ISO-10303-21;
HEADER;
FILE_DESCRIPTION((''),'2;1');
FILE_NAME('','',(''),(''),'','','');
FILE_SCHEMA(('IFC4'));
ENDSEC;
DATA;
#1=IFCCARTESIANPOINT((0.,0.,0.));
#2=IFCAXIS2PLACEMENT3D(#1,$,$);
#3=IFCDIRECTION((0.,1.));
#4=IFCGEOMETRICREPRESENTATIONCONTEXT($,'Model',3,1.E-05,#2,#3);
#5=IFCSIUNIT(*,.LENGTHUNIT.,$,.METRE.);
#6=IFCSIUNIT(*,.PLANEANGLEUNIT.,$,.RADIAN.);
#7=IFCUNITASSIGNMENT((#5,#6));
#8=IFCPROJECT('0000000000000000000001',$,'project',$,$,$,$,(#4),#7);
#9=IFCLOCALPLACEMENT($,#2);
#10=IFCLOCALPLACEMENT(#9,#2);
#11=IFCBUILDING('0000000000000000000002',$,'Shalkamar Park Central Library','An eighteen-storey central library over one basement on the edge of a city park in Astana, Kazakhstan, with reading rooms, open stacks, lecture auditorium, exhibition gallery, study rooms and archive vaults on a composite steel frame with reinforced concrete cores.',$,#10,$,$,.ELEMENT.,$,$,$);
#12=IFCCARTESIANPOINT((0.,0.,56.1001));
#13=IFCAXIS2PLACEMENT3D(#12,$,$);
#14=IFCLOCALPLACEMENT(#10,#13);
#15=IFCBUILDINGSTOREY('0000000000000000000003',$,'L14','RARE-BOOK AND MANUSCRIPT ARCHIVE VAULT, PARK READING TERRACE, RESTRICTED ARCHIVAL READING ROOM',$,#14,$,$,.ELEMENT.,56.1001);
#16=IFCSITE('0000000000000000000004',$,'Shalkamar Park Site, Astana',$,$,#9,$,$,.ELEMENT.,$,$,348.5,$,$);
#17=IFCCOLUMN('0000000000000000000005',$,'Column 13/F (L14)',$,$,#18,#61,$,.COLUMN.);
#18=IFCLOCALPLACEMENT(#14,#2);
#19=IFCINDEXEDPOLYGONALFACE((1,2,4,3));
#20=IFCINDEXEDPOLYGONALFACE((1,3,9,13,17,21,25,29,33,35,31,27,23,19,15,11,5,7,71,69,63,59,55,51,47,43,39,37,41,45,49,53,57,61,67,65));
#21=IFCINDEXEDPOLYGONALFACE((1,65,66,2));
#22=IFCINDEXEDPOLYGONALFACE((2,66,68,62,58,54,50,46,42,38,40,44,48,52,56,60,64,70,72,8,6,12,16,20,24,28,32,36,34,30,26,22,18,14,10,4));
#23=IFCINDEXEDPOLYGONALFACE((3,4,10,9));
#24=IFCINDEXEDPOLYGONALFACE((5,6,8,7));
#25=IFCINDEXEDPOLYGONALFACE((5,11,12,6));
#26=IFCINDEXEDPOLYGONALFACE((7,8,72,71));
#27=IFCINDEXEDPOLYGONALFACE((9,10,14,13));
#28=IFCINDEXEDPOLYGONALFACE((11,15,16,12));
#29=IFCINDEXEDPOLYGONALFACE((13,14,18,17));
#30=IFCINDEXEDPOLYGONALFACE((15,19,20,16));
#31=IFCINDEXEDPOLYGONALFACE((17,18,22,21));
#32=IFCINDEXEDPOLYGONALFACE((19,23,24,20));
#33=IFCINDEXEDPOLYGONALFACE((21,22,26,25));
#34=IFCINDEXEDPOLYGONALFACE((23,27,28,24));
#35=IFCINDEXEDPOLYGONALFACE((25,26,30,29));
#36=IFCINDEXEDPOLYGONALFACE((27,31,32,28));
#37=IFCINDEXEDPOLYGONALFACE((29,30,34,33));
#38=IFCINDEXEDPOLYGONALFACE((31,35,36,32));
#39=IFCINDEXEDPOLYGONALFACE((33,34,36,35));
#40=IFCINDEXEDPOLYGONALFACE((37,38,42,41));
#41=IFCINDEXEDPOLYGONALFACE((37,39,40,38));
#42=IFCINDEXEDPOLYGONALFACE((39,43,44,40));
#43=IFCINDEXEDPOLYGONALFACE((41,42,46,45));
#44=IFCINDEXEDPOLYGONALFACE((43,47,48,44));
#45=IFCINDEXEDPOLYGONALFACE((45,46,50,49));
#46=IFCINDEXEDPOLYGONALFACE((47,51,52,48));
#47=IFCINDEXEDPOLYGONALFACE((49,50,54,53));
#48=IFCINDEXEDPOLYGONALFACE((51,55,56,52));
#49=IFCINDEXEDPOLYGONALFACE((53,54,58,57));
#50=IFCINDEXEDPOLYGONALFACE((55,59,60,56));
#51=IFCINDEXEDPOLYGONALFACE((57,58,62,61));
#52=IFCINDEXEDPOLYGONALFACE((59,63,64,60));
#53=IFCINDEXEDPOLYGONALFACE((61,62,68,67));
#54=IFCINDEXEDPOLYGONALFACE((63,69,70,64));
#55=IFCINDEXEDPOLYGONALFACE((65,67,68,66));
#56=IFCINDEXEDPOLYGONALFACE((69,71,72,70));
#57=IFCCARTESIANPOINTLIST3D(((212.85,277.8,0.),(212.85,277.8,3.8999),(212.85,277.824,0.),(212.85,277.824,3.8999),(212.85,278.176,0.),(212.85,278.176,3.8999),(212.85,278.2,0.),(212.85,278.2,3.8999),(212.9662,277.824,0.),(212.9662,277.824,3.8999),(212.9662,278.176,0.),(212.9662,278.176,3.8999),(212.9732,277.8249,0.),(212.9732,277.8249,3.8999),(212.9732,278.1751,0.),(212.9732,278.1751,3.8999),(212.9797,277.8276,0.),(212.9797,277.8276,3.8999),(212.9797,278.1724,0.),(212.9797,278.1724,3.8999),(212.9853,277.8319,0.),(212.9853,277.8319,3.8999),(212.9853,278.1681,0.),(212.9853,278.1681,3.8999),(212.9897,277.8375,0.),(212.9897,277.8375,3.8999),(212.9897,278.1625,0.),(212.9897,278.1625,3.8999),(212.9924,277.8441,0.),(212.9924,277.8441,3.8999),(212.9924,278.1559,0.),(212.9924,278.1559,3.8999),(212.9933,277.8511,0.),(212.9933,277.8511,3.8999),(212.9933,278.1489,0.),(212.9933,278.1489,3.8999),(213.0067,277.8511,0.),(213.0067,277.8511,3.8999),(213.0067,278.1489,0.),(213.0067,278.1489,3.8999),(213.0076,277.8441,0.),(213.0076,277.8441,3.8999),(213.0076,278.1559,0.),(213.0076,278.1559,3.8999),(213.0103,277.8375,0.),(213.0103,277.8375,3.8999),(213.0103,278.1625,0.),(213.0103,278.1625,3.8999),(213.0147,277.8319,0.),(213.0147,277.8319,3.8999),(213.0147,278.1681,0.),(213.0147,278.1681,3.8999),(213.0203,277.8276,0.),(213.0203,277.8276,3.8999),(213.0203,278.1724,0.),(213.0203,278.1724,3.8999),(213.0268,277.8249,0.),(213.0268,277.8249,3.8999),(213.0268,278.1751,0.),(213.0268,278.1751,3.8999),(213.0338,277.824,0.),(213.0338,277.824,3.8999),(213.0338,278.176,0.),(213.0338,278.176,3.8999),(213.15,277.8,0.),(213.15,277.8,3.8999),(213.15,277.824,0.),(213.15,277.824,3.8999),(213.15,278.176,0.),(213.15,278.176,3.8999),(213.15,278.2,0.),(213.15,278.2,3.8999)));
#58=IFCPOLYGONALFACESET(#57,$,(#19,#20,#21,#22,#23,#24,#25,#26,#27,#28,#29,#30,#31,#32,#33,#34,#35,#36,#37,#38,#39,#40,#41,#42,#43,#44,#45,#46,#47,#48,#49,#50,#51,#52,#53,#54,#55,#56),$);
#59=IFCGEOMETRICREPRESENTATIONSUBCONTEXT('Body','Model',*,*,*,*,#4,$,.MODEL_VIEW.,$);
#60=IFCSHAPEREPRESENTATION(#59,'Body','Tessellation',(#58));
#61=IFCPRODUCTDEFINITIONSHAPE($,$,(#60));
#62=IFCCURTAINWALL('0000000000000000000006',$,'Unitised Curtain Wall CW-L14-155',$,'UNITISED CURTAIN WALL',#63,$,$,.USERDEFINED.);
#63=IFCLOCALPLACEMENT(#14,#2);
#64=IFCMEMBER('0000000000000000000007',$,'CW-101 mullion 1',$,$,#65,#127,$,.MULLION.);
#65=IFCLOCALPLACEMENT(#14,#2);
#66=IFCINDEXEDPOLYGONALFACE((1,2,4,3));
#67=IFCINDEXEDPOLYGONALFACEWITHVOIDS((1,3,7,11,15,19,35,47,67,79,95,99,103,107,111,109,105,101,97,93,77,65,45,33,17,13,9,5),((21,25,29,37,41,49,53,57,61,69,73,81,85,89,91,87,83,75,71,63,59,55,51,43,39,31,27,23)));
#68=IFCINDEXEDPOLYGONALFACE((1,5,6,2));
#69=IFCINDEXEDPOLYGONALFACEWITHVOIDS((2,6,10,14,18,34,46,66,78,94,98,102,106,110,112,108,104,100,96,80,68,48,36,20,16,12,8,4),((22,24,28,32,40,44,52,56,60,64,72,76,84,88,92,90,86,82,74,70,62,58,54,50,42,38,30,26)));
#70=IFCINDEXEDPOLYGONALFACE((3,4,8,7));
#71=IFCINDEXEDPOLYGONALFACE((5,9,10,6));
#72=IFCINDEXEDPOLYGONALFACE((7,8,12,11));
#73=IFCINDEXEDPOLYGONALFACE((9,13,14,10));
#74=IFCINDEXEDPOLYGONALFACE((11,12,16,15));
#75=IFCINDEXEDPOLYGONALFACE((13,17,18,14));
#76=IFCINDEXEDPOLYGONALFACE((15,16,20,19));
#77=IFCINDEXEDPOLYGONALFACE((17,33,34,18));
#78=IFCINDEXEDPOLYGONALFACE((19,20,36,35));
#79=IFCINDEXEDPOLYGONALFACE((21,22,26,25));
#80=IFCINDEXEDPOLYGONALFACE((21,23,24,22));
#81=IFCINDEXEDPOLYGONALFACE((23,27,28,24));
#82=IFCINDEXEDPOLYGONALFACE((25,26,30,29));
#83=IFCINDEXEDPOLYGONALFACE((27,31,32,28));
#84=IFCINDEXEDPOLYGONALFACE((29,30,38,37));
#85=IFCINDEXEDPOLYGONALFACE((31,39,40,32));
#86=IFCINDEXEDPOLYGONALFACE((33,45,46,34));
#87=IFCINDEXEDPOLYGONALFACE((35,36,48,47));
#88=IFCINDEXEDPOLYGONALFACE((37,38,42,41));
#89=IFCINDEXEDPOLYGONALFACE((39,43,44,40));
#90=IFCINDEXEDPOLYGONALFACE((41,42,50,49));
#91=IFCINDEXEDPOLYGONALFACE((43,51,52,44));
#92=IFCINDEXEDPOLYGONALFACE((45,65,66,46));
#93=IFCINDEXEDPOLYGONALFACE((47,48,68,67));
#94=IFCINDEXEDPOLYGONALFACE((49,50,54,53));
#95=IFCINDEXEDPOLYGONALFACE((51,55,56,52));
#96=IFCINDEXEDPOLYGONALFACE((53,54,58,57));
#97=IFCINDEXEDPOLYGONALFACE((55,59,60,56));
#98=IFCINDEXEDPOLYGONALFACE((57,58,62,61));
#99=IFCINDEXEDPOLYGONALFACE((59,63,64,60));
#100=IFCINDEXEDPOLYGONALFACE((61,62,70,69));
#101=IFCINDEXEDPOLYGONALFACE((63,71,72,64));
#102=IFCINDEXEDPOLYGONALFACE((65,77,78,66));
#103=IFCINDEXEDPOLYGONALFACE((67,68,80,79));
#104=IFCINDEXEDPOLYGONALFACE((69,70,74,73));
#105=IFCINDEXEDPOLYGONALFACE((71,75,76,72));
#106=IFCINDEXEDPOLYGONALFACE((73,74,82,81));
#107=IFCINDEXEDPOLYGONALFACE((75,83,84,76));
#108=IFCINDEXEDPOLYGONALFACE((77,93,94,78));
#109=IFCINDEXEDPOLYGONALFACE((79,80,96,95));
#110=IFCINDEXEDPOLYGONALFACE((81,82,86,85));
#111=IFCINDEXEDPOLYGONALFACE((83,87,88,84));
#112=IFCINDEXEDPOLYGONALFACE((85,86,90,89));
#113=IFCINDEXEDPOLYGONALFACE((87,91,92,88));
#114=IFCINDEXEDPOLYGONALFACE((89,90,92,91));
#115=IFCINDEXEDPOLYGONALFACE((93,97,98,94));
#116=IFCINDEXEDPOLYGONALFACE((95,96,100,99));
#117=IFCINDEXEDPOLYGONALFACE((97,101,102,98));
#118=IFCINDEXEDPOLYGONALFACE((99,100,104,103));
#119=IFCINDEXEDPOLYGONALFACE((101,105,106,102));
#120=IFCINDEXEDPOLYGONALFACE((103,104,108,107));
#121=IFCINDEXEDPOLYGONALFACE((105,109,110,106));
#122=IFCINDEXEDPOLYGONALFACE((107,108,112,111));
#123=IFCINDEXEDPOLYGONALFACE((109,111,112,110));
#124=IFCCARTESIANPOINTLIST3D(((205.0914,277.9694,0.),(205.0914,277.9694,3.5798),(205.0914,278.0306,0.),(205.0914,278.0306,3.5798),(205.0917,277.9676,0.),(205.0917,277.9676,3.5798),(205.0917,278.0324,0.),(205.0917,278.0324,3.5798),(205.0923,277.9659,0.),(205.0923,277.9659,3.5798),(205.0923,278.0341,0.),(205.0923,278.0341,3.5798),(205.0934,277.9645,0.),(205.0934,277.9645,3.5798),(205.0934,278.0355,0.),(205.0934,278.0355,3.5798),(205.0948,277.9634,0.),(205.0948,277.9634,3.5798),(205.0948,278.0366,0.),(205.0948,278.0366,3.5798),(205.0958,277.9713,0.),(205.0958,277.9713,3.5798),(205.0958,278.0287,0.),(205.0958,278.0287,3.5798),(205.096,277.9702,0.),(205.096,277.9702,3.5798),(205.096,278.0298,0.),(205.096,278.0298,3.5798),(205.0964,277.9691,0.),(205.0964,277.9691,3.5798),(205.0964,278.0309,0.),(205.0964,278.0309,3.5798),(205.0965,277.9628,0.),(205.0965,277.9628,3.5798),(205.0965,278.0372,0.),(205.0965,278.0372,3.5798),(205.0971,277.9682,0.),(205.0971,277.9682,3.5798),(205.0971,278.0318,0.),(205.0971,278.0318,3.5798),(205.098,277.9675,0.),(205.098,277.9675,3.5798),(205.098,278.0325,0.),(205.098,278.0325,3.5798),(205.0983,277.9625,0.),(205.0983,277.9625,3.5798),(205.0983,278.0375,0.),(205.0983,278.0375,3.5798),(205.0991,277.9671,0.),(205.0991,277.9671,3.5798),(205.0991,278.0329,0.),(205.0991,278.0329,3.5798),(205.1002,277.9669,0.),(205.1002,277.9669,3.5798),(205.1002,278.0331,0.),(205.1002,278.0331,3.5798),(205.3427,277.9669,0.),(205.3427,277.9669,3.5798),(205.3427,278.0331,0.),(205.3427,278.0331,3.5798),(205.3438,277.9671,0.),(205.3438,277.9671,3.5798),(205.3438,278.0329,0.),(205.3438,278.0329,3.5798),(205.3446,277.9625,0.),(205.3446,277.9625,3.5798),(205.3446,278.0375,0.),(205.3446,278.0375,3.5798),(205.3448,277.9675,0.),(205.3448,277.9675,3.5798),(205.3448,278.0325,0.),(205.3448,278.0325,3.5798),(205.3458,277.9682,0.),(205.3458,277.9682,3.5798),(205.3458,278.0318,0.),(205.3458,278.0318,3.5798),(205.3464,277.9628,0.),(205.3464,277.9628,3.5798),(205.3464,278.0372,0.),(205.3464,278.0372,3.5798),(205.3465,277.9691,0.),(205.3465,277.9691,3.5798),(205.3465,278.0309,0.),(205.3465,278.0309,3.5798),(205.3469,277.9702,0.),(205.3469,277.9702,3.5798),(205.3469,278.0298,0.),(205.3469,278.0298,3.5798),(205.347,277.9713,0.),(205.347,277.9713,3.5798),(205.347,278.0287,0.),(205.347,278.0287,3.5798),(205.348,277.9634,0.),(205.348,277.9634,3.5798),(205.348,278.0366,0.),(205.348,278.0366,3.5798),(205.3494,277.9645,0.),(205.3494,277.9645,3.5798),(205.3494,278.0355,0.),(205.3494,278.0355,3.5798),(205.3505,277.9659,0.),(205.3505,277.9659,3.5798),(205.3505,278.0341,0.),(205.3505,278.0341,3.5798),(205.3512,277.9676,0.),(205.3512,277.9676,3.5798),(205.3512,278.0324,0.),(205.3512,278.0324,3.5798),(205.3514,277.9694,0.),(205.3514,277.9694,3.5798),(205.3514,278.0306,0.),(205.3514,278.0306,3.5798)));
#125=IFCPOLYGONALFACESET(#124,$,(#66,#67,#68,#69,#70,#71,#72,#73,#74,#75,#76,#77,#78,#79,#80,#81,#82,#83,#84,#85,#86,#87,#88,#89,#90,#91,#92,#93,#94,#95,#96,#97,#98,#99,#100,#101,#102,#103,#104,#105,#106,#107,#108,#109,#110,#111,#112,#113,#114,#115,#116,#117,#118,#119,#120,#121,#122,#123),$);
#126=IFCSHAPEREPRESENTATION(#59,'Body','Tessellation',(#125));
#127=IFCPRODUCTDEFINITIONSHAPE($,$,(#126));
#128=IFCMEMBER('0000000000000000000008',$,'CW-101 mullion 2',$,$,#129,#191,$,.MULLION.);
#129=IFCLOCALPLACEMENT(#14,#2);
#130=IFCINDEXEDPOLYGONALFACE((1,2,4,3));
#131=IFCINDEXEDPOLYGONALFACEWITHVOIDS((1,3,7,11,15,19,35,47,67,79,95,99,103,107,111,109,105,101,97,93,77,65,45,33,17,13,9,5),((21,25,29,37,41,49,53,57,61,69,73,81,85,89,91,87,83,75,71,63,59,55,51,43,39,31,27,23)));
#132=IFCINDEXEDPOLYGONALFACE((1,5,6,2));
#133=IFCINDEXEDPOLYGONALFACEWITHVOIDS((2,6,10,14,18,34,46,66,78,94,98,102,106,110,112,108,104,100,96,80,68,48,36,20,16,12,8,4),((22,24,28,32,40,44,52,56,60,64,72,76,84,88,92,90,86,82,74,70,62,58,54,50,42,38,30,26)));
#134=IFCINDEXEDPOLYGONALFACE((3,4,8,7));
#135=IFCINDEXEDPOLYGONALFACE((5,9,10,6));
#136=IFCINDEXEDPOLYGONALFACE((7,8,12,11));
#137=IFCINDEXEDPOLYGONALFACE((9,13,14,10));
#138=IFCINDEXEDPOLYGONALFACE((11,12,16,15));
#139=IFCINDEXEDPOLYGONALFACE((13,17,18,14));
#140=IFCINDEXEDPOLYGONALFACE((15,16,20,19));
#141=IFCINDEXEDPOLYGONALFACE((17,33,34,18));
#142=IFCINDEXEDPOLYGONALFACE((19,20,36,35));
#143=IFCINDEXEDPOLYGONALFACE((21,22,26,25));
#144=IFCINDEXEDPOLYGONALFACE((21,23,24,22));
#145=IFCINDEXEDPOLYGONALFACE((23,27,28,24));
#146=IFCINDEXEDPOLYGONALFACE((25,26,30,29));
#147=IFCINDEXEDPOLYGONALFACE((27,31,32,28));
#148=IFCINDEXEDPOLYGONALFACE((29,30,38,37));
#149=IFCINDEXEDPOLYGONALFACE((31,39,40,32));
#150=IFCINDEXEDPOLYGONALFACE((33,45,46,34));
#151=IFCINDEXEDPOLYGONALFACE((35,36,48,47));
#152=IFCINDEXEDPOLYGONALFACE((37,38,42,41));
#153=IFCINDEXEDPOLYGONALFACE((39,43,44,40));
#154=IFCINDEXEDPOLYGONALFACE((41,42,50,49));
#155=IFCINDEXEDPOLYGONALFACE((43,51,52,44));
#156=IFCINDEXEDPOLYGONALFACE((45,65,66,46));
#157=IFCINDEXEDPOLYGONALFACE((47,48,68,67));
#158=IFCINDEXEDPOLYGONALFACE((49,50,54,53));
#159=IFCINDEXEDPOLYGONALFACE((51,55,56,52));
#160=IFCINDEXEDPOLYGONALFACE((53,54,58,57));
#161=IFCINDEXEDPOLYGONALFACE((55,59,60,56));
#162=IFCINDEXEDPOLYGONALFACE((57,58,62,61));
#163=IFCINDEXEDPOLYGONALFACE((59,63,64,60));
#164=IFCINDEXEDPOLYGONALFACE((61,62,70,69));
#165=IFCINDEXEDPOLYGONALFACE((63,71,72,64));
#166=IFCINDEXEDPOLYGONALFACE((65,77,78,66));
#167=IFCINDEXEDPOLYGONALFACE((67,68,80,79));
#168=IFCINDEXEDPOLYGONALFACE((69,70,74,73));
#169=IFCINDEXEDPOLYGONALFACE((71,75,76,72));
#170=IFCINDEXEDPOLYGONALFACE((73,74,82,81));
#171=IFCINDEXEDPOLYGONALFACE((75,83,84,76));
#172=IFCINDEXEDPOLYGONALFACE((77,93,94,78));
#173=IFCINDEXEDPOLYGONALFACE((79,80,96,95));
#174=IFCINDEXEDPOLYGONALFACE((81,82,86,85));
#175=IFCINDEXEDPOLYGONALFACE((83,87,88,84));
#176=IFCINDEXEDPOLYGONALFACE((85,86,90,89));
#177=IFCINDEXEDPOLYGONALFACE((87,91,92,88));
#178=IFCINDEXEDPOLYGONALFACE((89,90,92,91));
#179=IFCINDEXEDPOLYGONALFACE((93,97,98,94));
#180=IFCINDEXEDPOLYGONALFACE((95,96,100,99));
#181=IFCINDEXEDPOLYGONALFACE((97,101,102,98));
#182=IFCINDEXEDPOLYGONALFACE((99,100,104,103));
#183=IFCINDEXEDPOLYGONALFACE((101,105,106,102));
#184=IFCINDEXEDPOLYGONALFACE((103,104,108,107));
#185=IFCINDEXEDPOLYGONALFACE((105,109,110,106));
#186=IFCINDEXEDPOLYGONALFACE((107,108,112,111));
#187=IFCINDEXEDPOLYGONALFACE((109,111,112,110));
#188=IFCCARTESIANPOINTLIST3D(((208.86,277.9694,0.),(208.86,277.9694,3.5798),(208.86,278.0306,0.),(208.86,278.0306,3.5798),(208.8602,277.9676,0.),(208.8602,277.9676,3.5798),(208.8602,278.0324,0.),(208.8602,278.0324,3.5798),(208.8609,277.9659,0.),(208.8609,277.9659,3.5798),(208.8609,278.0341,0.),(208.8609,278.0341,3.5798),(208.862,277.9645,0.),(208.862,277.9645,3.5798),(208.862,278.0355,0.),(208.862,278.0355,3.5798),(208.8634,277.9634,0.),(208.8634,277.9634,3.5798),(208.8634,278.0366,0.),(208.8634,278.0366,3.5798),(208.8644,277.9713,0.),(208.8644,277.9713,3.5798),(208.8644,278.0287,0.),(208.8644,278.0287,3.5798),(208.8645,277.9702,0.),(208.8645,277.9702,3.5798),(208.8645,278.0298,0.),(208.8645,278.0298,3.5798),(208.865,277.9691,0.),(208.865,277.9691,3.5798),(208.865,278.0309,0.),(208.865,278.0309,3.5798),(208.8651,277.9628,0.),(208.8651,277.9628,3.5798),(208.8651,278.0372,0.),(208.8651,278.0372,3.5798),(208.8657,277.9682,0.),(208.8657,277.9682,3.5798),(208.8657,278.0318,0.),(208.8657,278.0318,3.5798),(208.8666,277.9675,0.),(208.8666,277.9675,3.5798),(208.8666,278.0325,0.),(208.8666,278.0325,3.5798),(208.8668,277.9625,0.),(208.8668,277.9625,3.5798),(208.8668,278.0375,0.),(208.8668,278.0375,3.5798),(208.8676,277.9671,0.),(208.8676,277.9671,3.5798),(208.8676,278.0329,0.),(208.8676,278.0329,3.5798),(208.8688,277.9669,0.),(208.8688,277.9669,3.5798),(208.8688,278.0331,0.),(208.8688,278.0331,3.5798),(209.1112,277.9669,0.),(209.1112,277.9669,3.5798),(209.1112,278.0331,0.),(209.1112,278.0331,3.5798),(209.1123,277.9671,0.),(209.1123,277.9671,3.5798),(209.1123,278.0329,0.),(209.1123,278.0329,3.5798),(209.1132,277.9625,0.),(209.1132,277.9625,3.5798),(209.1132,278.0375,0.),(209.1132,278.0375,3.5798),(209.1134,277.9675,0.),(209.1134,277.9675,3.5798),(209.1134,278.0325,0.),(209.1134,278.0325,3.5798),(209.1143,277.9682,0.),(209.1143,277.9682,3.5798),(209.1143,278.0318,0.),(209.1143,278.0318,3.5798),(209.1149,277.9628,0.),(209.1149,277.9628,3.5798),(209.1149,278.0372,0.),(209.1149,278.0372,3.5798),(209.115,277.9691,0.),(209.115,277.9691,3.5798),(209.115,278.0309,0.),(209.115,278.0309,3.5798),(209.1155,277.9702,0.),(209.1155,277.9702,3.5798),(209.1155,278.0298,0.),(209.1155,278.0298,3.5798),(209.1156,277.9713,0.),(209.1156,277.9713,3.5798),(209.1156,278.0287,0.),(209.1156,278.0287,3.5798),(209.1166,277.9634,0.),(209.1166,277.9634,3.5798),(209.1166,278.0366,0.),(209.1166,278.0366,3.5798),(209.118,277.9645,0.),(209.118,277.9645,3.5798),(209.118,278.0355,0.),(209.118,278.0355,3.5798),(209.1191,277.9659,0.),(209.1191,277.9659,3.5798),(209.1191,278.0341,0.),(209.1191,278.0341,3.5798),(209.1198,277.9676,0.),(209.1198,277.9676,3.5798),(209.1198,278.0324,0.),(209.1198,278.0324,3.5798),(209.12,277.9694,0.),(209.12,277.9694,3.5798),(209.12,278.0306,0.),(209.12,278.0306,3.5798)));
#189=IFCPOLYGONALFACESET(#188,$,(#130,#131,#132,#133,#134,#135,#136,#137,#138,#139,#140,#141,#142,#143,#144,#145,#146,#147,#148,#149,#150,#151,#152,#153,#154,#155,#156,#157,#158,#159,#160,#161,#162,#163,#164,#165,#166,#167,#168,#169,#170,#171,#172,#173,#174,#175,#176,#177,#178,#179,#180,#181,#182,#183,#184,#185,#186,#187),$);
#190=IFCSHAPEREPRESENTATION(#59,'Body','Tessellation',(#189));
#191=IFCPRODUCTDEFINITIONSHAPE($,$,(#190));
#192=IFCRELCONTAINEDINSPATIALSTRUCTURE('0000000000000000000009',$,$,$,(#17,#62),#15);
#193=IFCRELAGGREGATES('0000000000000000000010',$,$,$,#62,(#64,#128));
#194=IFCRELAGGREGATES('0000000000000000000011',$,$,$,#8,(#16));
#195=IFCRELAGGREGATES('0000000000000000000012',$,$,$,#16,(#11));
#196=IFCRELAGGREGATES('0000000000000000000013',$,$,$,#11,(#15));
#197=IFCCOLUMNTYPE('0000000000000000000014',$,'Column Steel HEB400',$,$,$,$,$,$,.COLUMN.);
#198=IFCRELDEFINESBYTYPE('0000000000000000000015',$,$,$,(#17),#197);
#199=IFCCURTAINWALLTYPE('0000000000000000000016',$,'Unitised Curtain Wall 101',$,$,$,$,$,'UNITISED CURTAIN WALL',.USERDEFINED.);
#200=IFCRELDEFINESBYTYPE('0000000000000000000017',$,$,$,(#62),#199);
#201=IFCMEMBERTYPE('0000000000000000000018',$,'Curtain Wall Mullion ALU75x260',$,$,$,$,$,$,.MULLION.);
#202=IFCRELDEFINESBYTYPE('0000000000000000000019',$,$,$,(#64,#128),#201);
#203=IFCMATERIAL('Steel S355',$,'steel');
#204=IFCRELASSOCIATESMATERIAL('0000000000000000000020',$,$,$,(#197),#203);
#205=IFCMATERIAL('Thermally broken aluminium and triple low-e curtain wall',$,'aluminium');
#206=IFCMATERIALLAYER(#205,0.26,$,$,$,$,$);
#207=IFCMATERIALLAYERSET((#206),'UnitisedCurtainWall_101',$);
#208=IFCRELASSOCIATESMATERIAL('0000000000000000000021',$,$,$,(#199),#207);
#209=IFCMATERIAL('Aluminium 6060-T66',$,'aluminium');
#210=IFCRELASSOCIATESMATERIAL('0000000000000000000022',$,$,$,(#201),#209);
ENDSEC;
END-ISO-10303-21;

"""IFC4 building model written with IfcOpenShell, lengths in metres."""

from ifc_helpers import new_model, si_unit, direction, frame, origin, origin_2d, place, context, subcontext, project, spatial, hollow_rectangle, i_section, extrude, material, layer, layer_set, material_profile, profile_set, type_object, element, aggregate, save


model = new_model("IFC4")

# Units and contexts
model_context = context("Model", 3, precision=1e-05, world=origin(), true_north=direction((0.0, 1.0)))
body_context = subcontext(model_context, "Body", "Model", "MODEL_VIEW")
ifc_project = project(units=[si_unit("LENGTHUNIT", "METRE"), si_unit("PLANEANGLEUNIT", "RADIAN")], contexts=[model_context])

# Site, building, storey
site_placement = place(None, origin())
site = spatial("IfcSite", under=ifc_project, at=site_placement, Name="Shalkamar Park Site, Astana", CompositionType="ELEMENT", RefElevation=348.5)
building_placement = place(site_placement, origin())
building = spatial("IfcBuilding", under=site, at=building_placement, Name="Shalkamar Park Central Library", Description="An eighteen-storey central library over one basement on the edge of a city park in Astana, Kazakhstan, with reading rooms, open stacks, lecture auditorium, exhibition gallery, study rooms and archive vaults on a composite steel frame with reinforced concrete cores.", CompositionType="ELEMENT")
storey_placement = place(building_placement, frame((0.0, 0.0, 56.1001)))
storey = spatial("IfcBuildingStorey", under=building, at=storey_placement, Name="L14", Description="RARE-BOOK AND MANUSCRIPT ARCHIVE VAULT, PARK READING TERRACE, RESTRICTED ARCHIVAL READING ROOM", CompositionType="ELEMENT", Elevation=56.1001)

# Column
ifc_material_1 = material(Name="Steel S355", Category="steel")
ifc_material_profile_1 = material_profile(ifc_material_1, i_section(OverallWidth=0.3, OverallDepth=0.3999, WebThickness=0.0134, FlangeThickness=0.0239, FilletRadius=0.0271, at=origin_2d()), Name="HEB 400")
ifc_profile_set_1 = profile_set([ifc_material_profile_1], Name="Steel S355")
column_type = type_object("IfcColumnType", Name="Column Steel HEB400", PredefinedType="COLUMN", material=ifc_profile_set_1)
column_placement = place(storey_placement, frame((213.0, 278.0, 0.0), z_axis=(0.0, 0.0, 1.0), x_axis=(1.0, 0.0, 0.0)))
element("IfcColumn", 1, at=column_placement, inside=storey, type_object=column_type, Name="Column 13/F (L14)", PredefinedType="COLUMN", context=body_context, shape_type="SweptSolid", body=[
    extrude(i_section(OverallWidth=0.3, OverallDepth=0.3999, WebThickness=0.0134, FlangeThickness=0.0239, FilletRadius=0.0271, at=origin_2d()), origin(), (0.0, 0.0, 1.0), 3.8999),
])

# Curtain wall, members
ifc_material_2 = material(Name="Thermally broken aluminium and triple low-e curtain wall", Category="aluminium")
ifc_layer_1 = layer(ifc_material_2, 0.26)
ifc_layer_set_1 = layer_set([ifc_layer_1], Name="UnitisedCurtainWall_101")
curtain_wall_type = type_object("IfcCurtainWallType", Name="Unitised Curtain Wall 101", ElementType="UNITISED CURTAIN WALL", PredefinedType="USERDEFINED", material=ifc_layer_set_1)
curtain_wall_placement = place(storey_placement, origin())
curtain_wall = element("IfcCurtainWall", 2, at=curtain_wall_placement, inside=storey, type_object=curtain_wall_type, Name="Unitised Curtain Wall CW-L14-155", ObjectType="UNITISED CURTAIN WALL", PredefinedType="USERDEFINED")
ifc_material_3 = material(Name="Aluminium 6060-T66", Category="aluminium")
ifc_material_profile_2 = material_profile(ifc_material_3, hollow_rectangle(XDim=0.075, YDim=0.26, WallThickness=0.0044, InnerFilletRadius=0.0044, OuterFilletRadius=0.0068, at=origin_2d()), Name="ALU 75x260x4.5")
ifc_profile_set_2 = profile_set([ifc_material_profile_2], Name="Aluminium 6060-T66")
member_type_1 = type_object("IfcMemberType", Name="Curtain Wall Mullion ALU75x260", PredefinedType="MULLION", material=ifc_profile_set_2)
member_1_placement = place(storey_placement, frame((205.2214, 278.0, 0.0), z_axis=(0.0, 0.0, 1.0), x_axis=(0.0, 1.0, 0.0)))
member_1 = element("IfcMember", 3, at=member_1_placement, type_object=member_type_1, Name="CW-101 mullion 1", PredefinedType="MULLION", context=body_context, shape_type="SweptSolid", body=[
    extrude(hollow_rectangle(XDim=0.075, YDim=0.26, WallThickness=0.0044, InnerFilletRadius=0.0044, OuterFilletRadius=0.0068, at=origin_2d()), origin(), (0.0, 0.0, 1.0), 3.5798),
])
member_2_placement = place(storey_placement, frame((208.99, 278.0, 0.0), z_axis=(0.0, 0.0, 1.0), x_axis=(0.0, 1.0, 0.0)))
member_2 = element("IfcMember", 4, at=member_2_placement, type_object=member_type_1, Name="CW-101 mullion 2", PredefinedType="MULLION", context=body_context, shape_type="SweptSolid", body=[
    extrude(hollow_rectangle(XDim=0.075, YDim=0.26, WallThickness=0.0044, InnerFilletRadius=0.0044, OuterFilletRadius=0.0068, at=origin_2d()), origin(), (0.0, 0.0, 1.0), 3.5798),
])

aggregate(curtain_wall, [member_1, member_2])

save(model, "model.ifc")
